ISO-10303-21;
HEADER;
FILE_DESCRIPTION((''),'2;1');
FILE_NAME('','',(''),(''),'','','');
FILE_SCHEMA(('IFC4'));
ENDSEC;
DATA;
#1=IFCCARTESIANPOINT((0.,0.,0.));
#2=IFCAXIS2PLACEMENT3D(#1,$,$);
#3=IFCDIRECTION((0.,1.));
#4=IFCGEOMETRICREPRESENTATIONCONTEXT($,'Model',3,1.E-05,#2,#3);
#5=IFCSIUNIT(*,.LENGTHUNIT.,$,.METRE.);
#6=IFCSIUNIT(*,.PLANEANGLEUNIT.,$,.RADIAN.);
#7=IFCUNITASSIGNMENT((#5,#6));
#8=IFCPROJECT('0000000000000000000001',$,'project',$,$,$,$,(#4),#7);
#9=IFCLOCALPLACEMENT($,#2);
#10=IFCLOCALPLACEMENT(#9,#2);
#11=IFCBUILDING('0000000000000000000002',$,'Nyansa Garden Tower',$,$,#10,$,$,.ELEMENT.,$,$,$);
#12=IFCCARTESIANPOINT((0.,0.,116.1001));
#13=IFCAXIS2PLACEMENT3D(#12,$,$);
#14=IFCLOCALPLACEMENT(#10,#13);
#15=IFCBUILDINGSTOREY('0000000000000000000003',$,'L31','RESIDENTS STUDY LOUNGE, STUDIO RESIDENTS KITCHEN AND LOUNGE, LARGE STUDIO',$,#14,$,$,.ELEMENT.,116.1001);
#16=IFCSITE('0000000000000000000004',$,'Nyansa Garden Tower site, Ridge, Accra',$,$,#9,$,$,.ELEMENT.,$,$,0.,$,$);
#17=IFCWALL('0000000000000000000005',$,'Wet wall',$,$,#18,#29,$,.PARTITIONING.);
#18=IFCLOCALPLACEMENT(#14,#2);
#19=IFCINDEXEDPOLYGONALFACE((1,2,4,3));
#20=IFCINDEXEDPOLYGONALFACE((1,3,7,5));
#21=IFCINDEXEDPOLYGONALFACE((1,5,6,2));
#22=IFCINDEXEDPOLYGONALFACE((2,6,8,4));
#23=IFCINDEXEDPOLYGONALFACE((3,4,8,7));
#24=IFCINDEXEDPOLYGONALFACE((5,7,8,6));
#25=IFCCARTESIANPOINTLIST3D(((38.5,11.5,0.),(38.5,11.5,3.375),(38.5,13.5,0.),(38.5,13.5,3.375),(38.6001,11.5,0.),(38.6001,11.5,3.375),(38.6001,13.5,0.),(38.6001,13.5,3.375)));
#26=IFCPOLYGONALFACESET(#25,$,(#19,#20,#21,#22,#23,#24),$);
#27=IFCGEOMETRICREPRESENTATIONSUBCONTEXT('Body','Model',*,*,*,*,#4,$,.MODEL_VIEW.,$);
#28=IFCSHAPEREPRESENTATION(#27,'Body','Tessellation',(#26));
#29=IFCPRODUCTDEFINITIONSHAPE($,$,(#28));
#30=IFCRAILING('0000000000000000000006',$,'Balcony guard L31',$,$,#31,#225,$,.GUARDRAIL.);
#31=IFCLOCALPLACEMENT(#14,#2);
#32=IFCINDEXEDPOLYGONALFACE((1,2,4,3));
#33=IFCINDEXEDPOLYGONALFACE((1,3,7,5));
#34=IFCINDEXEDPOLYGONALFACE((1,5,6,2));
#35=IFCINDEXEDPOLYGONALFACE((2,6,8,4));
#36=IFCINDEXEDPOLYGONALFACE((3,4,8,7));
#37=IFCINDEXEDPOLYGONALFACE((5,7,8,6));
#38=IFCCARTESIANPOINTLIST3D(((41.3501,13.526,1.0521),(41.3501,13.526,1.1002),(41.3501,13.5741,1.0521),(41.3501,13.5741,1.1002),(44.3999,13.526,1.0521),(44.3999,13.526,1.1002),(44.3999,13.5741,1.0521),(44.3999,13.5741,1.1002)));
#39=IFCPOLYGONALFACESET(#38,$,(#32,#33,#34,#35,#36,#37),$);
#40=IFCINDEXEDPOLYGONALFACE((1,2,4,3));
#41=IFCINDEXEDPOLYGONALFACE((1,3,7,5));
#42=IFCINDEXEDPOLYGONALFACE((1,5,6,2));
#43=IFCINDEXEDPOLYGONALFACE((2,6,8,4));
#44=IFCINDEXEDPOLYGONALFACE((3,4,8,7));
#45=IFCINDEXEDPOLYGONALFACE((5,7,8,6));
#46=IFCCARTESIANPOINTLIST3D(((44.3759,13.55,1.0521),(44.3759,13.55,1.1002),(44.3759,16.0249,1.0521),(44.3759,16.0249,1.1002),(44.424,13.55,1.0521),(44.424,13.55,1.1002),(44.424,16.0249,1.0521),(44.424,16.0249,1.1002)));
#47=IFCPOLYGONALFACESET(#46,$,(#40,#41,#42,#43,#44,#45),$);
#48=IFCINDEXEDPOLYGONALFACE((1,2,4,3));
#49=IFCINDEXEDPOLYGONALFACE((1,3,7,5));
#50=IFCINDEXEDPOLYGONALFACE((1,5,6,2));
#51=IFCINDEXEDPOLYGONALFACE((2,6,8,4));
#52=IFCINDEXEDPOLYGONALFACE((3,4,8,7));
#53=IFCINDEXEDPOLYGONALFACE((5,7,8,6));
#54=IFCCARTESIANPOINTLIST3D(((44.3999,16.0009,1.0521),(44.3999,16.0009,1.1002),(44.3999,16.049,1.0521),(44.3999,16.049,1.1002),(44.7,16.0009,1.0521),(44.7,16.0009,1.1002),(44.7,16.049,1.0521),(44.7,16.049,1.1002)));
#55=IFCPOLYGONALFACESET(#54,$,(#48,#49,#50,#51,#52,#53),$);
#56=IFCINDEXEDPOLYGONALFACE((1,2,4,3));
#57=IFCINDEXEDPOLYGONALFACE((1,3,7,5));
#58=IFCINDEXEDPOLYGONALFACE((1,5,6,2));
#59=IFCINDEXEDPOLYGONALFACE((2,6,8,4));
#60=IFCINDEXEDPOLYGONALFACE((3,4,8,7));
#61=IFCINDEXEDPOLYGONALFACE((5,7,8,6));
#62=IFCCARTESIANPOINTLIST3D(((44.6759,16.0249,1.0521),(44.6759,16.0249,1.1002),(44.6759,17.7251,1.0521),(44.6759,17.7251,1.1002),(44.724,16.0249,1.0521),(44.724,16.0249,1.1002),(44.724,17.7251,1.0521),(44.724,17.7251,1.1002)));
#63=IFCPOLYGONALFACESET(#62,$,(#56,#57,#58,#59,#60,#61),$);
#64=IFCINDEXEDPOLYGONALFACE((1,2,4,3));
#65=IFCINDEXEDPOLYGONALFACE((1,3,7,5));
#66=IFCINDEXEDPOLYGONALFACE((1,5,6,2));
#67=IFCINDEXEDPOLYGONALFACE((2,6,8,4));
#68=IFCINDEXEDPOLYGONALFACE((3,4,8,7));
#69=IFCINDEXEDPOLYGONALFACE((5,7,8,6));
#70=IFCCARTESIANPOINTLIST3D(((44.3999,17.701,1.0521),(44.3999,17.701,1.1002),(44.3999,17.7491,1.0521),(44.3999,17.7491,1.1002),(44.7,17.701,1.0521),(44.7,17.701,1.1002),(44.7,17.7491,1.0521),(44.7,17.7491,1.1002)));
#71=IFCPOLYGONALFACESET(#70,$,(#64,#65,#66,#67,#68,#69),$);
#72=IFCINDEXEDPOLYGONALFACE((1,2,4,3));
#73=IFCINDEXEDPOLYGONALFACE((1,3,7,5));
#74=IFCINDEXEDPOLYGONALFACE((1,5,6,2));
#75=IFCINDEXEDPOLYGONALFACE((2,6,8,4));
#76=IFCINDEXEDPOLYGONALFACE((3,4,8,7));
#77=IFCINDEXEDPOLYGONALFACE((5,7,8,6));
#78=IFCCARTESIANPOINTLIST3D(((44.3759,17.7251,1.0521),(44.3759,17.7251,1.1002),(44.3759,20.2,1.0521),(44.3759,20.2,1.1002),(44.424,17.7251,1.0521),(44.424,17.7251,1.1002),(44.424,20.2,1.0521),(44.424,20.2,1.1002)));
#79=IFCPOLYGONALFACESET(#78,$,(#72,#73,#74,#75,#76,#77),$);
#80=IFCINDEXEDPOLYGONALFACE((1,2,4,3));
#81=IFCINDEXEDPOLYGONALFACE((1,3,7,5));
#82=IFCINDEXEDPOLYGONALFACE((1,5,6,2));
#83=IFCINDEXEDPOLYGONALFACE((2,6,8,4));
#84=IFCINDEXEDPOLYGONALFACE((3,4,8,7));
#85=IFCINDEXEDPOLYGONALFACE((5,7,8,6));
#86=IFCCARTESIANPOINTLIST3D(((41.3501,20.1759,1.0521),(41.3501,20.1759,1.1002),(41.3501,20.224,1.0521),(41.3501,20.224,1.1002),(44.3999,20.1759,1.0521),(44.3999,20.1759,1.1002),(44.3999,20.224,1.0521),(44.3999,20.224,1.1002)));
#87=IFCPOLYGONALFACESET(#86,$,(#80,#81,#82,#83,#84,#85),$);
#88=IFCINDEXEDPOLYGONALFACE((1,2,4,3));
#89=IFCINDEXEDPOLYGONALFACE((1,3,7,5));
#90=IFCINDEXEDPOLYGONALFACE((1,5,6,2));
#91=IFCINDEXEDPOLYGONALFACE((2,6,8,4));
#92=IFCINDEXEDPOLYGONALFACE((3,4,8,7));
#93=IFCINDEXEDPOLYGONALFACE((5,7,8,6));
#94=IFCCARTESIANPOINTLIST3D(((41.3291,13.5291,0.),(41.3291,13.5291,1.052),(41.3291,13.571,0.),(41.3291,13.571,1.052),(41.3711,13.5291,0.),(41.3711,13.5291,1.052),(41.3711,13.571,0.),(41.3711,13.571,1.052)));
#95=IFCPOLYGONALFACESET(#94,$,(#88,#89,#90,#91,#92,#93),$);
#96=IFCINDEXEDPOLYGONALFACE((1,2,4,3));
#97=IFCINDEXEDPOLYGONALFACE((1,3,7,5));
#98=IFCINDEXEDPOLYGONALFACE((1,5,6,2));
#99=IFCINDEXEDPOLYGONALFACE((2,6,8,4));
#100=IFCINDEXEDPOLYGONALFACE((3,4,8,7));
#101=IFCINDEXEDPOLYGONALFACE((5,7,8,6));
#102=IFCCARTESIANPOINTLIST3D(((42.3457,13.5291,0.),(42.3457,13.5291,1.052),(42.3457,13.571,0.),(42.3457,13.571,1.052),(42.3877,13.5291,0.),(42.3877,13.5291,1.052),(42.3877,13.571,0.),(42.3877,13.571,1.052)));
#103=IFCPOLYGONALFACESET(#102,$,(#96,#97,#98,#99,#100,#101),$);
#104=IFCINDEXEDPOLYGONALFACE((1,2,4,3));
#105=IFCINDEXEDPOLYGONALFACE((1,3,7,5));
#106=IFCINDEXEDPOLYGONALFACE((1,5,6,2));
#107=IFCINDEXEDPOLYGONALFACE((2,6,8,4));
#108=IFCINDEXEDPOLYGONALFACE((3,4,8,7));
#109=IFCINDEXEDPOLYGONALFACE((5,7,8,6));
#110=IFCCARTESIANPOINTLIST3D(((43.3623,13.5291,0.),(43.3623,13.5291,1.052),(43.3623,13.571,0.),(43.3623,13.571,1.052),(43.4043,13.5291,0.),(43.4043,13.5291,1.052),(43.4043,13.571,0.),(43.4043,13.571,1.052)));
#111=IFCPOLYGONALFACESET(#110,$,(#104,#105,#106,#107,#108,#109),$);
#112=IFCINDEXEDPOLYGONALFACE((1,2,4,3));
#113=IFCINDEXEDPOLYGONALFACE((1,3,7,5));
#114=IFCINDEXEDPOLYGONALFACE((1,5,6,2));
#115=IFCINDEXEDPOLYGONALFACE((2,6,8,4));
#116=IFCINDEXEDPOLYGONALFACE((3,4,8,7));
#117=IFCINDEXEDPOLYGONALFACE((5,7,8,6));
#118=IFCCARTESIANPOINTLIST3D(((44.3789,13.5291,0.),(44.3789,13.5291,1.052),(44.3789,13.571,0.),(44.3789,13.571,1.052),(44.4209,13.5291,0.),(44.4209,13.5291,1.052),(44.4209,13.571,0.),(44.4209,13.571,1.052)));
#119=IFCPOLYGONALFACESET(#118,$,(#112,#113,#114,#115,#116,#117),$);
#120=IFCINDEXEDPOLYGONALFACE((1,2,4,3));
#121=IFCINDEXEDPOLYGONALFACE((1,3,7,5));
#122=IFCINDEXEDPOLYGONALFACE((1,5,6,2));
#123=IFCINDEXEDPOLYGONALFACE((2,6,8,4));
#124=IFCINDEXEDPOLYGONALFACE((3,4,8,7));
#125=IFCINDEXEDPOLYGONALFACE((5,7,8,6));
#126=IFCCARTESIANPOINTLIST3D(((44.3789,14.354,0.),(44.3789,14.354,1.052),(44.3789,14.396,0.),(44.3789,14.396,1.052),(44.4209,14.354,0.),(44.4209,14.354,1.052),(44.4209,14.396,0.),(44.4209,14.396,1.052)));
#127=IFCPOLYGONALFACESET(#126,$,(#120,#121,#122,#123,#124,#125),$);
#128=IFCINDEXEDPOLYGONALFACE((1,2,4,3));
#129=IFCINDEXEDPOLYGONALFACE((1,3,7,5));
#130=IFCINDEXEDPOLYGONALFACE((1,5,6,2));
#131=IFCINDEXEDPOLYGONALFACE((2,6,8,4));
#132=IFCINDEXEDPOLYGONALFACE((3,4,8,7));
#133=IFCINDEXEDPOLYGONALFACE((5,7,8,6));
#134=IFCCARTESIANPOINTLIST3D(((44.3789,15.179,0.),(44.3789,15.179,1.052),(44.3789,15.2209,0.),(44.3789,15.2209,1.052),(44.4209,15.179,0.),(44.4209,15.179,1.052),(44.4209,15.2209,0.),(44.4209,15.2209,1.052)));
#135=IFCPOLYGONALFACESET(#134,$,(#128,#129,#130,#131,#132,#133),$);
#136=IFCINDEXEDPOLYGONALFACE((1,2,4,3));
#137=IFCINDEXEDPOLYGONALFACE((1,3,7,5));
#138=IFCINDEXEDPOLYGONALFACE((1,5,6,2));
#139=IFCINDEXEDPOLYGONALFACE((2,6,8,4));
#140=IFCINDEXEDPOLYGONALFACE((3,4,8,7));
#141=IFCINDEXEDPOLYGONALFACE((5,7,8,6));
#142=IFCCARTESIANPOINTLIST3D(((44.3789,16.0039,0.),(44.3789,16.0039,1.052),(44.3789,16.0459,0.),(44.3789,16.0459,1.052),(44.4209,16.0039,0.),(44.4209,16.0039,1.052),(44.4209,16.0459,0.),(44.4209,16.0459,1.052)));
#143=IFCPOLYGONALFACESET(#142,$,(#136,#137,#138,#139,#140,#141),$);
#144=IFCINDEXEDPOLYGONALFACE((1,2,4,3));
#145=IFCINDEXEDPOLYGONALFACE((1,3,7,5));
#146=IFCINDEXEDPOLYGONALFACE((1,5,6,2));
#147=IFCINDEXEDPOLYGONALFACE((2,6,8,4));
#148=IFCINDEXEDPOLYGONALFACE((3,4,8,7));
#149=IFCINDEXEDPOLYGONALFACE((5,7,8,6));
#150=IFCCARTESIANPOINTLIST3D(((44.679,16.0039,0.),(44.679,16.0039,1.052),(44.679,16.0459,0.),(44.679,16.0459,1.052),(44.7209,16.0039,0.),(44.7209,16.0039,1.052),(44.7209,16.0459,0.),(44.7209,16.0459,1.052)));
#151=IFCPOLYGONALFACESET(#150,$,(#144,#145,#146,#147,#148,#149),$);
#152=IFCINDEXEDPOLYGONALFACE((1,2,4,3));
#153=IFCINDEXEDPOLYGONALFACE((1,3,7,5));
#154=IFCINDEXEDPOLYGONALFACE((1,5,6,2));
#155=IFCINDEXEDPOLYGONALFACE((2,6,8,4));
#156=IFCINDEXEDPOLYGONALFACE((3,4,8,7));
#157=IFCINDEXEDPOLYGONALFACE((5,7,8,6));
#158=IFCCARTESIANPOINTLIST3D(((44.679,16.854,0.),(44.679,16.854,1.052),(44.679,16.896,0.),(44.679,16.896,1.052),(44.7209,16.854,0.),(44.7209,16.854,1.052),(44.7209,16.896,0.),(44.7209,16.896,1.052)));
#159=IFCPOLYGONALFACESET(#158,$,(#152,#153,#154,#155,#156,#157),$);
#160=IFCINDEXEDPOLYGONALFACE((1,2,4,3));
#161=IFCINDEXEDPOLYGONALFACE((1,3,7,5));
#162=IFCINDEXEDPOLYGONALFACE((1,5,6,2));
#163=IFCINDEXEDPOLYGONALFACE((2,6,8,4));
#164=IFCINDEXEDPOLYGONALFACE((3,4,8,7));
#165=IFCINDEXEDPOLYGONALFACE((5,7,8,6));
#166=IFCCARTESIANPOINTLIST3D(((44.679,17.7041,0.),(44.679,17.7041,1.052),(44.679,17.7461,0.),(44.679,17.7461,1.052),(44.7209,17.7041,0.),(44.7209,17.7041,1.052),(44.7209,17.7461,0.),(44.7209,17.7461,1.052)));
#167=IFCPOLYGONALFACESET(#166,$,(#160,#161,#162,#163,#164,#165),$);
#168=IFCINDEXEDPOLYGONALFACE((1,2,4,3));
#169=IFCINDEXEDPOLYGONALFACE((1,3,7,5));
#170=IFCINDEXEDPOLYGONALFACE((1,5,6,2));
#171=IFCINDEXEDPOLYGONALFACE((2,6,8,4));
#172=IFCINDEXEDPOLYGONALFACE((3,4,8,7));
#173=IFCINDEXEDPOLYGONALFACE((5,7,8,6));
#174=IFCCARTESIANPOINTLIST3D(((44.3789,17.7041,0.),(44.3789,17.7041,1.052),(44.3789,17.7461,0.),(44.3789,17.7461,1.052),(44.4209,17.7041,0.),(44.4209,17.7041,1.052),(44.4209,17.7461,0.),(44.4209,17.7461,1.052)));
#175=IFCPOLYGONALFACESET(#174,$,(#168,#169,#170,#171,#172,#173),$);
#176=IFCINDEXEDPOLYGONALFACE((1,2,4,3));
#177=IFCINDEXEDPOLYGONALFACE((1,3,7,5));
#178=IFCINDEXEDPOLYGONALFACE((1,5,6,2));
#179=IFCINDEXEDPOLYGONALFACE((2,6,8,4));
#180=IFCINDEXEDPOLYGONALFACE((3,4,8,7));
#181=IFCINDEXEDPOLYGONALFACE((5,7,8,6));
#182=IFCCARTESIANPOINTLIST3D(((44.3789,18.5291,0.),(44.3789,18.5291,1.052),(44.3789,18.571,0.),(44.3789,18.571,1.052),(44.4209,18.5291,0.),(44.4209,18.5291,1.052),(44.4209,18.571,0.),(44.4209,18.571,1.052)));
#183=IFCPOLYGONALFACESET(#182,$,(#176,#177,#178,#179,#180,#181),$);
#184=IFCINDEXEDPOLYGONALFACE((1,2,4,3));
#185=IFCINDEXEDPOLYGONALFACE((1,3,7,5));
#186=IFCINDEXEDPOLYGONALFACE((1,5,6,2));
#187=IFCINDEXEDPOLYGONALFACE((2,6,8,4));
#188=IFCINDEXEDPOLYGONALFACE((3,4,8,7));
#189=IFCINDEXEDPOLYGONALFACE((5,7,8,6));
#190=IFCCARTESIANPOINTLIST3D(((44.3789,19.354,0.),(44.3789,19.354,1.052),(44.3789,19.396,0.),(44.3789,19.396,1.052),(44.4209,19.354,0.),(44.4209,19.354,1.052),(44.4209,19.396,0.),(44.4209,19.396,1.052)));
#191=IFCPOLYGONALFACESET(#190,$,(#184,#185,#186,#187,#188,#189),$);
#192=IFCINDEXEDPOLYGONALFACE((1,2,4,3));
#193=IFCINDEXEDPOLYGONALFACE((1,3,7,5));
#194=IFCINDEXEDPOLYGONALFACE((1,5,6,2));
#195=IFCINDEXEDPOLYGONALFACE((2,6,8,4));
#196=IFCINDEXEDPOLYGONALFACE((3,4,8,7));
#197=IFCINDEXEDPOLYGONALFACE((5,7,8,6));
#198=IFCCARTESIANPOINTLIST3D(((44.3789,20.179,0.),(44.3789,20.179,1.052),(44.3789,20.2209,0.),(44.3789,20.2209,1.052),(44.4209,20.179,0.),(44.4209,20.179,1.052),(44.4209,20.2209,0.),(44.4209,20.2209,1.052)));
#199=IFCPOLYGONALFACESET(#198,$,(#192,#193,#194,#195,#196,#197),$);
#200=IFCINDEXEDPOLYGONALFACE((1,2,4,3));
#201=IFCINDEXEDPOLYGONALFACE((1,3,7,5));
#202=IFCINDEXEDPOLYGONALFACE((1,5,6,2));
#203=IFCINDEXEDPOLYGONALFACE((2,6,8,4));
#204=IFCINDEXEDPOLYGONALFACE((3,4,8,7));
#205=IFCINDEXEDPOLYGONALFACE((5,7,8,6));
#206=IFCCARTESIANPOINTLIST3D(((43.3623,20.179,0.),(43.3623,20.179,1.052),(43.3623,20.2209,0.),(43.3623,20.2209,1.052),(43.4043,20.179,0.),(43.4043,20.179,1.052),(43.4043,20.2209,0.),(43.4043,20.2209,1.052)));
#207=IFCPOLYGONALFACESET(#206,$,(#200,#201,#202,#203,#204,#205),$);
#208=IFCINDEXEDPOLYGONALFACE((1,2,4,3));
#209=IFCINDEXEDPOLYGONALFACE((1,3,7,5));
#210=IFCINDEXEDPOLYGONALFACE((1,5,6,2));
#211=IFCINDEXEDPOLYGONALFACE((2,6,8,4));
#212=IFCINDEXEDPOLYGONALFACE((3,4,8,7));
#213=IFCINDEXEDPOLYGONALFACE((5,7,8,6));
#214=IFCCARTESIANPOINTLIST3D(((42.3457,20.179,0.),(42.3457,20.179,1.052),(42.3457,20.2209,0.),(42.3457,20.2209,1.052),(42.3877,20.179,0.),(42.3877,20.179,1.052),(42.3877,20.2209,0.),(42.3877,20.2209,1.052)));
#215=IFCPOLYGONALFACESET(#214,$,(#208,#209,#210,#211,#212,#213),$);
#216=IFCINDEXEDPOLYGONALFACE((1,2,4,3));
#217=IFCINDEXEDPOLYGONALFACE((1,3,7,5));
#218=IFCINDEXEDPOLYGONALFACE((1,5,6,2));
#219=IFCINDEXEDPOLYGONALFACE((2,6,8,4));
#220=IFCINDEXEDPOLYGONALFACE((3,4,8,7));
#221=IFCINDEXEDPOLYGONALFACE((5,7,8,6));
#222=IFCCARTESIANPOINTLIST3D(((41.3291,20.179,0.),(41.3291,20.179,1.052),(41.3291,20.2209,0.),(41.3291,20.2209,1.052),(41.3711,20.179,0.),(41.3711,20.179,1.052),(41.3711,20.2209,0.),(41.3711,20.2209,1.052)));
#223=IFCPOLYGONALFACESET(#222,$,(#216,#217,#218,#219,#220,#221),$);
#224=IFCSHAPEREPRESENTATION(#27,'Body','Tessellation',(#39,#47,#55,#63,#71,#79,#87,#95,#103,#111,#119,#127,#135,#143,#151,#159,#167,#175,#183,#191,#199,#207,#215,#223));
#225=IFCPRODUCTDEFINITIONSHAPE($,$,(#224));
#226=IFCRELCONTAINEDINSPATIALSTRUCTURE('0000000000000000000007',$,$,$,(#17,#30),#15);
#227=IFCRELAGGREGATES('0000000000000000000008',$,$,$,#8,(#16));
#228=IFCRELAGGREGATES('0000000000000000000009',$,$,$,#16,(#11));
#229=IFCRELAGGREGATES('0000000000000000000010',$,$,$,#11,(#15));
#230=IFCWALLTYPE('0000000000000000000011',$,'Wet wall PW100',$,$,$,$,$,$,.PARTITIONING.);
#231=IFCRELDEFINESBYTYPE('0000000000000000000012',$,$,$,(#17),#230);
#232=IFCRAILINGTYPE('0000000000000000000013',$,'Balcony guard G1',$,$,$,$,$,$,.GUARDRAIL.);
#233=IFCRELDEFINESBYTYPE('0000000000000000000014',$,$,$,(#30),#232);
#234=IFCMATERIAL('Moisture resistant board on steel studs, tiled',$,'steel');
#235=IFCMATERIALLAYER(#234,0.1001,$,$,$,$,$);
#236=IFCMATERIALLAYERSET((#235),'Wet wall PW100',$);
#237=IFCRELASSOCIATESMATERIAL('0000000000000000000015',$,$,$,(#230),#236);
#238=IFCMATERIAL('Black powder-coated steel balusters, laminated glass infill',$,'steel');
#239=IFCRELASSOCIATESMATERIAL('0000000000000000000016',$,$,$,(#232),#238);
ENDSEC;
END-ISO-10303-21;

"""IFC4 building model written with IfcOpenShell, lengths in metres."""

from ifc_helpers import new_model, si_unit, direction, frame, frame_2d, origin, origin_2d, place, context, subcontext, project, spatial, rectangle, extrude, material, layer, layer_set, type_object, element, save


model = new_model("IFC4")

# Units and contexts
model_context = context("Model", 3, precision=1e-05, world=origin(), true_north=direction((0.0, 1.0)))
body_context = subcontext(model_context, "Body", "Model", "MODEL_VIEW")
ifc_project = project(units=[si_unit("LENGTHUNIT", "METRE"), si_unit("PLANEANGLEUNIT", "RADIAN")], contexts=[model_context])

# Site, building, storey
site_placement = place(None, origin())
site = spatial("IfcSite", under=ifc_project, at=site_placement, Name="Nyansa Garden Tower site, Ridge, Accra", CompositionType="ELEMENT", RefElevation=0.0)
building_placement = place(site_placement, origin())
building = spatial("IfcBuilding", under=site, at=building_placement, Name="Nyansa Garden Tower", CompositionType="ELEMENT")
storey_placement = place(building_placement, frame((0.0, 0.0, 116.1001)))
storey = spatial("IfcBuildingStorey", under=building, at=storey_placement, Name="L31", Description="RESIDENTS STUDY LOUNGE, STUDIO RESIDENTS KITCHEN AND LOUNGE, LARGE STUDIO", CompositionType="ELEMENT", Elevation=116.1001)

# Wall
ifc_material_1 = material(Name="Moisture resistant board on steel studs, tiled", Category="steel")
ifc_layer_1 = layer(ifc_material_1, 0.1001)
ifc_layer_set_1 = layer_set([ifc_layer_1], Name="Wet wall PW100")
wall_type_1 = type_object("IfcWallType", Name="Wet wall PW100", PredefinedType="PARTITIONING", material=ifc_layer_set_1)
wall_1_placement = place(storey_placement, frame((38.55, 11.5, 0.0), z_axis=(0.0, 0.0, 1.0), x_axis=(0.0, 1.0, 0.0)))
element("IfcWall", 1, at=wall_1_placement, inside=storey, type_object=wall_type_1, Name="Wet wall", PredefinedType="PARTITIONING", context=body_context, shape_type="SweptSolid", body=[
    extrude(rectangle(XDim=2.0, YDim=0.1001, at=frame_2d((1.0, 0.0))), origin(), (0.0, 0.0, 1.0), 3.375),
])

# Railing
ifc_material_2 = material(Name="Black powder-coated steel balusters, laminated glass infill", Category="steel")
railing_type = type_object("IfcRailingType", Name="Balcony guard G1", PredefinedType="GUARDRAIL", material=ifc_material_2)
railing_placement = place(storey_placement, frame((41.3501, 13.55, 0.0)))
element("IfcRailing", 2, at=railing_placement, inside=storey, type_object=railing_type, Name="Balcony guard L31", PredefinedType="GUARDRAIL", context=body_context, shape_type="SweptSolid", body=[
    extrude(rectangle(XDim=0.0481, YDim=0.0481, at=origin_2d()), frame((0.0, 0.0, 1.0762), z_axis=(1.0, 0.0, 0.0), x_axis=(0.0, 1.0, 0.0)), (0.0, 0.0, 1.0), 3.0498),
    extrude(rectangle(XDim=0.0481, YDim=0.0481, at=origin_2d()), frame((3.0498, 0.0, 1.0762), z_axis=(0.0, 1.0, 0.0), x_axis=(-1.0, 0.0, 0.0)), (0.0, 0.0, 1.0), 2.4749),
    extrude(rectangle(XDim=0.0481, YDim=0.0481, at=origin_2d()), frame((3.0498, 2.4749, 1.0762), z_axis=(1.0, 0.0, 0.0), x_axis=(0.0, 1.0, 0.0)), (0.0, 0.0, 1.0), 0.3),
    extrude(rectangle(XDim=0.0481, YDim=0.0481, at=origin_2d()), frame((3.3499, 2.4749, 1.0762), z_axis=(0.0, 1.0, 0.0), x_axis=(-1.0, 0.0, 0.0)), (0.0, 0.0, 1.0), 1.7002),
    extrude(rectangle(XDim=0.0481, YDim=0.0481, at=origin_2d()), frame((3.3499, 4.175, 1.0762), z_axis=(-1.0, 0.0, 0.0), x_axis=(0.0, -1.0, 0.0)), (0.0, 0.0, 1.0), 0.3),
    extrude(rectangle(XDim=0.0481, YDim=0.0481, at=origin_2d()), frame((3.0498, 4.175, 1.0762), z_axis=(0.0, 1.0, 0.0), x_axis=(-1.0, 0.0, 0.0)), (0.0, 0.0, 1.0), 2.4749),
    extrude(rectangle(XDim=0.0481, YDim=0.0481, at=origin_2d()), frame((3.0498, 6.6499, 1.0762), z_axis=(-1.0, 0.0, 0.0), x_axis=(0.0, -1.0, 0.0)), (0.0, 0.0, 1.0), 3.0498),
    extrude(rectangle(XDim=0.042, YDim=0.042, at=origin_2d()), origin(), (0.0, 0.0, 1.0), 1.052),
    extrude(rectangle(XDim=0.042, YDim=0.042, at=origin_2d()), frame((1.0166, 0.0, 0.0)), (0.0, 0.0, 1.0), 1.052),
    extrude(rectangle(XDim=0.042, YDim=0.042, at=origin_2d()), frame((2.0332, 0.0, 0.0)), (0.0, 0.0, 1.0), 1.052),
    extrude(rectangle(XDim=0.042, YDim=0.042, at=origin_2d()), frame((3.0498, 0.0, 0.0)), (0.0, 0.0, 1.0), 1.052),
    extrude(rectangle(XDim=0.042, YDim=0.042, at=origin_2d()), frame((3.0498, 0.825, 0.0)), (0.0, 0.0, 1.0), 1.052),
    extrude(rectangle(XDim=0.042, YDim=0.042, at=origin_2d()), frame((3.0498, 1.6499, 0.0)), (0.0, 0.0, 1.0), 1.052),
    extrude(rectangle(XDim=0.042, YDim=0.042, at=origin_2d()), frame((3.0498, 2.4749, 0.0)), (0.0, 0.0, 1.0), 1.052),
    extrude(rectangle(XDim=0.042, YDim=0.042, at=origin_2d()), frame((3.3499, 2.4749, 0.0)), (0.0, 0.0, 1.0), 1.052),
    extrude(rectangle(XDim=0.042, YDim=0.042, at=origin_2d()), frame((3.3499, 3.325, 0.0)), (0.0, 0.0, 1.0), 1.052),
    extrude(rectangle(XDim=0.042, YDim=0.042, at=origin_2d()), frame((3.3499, 4.175, 0.0)), (0.0, 0.0, 1.0), 1.052),
    extrude(rectangle(XDim=0.042, YDim=0.042, at=origin_2d()), frame((3.0498, 4.175, 0.0)), (0.0, 0.0, 1.0), 1.052),
    extrude(rectangle(XDim=0.042, YDim=0.042, at=origin_2d()), frame((3.0498, 5.0, 0.0)), (0.0, 0.0, 1.0), 1.052),
    extrude(rectangle(XDim=0.042, YDim=0.042, at=origin_2d()), frame((3.0498, 5.825, 0.0)), (0.0, 0.0, 1.0), 1.052),
    extrude(rectangle(XDim=0.042, YDim=0.042, at=origin_2d()), frame((3.0498, 6.6499, 0.0)), (0.0, 0.0, 1.0), 1.052),
    extrude(rectangle(XDim=0.042, YDim=0.042, at=origin_2d()), frame((2.0332, 6.6499, 0.0)), (0.0, 0.0, 1.0), 1.052),
    extrude(rectangle(XDim=0.042, YDim=0.042, at=origin_2d()), frame((1.0166, 6.6499, 0.0)), (0.0, 0.0, 1.0), 1.052),
    extrude(rectangle(XDim=0.042, YDim=0.042, at=origin_2d()), frame((0.0, 6.6499, 0.0)), (0.0, 0.0, 1.0), 1.052),
])

save(model, "model.ifc")
